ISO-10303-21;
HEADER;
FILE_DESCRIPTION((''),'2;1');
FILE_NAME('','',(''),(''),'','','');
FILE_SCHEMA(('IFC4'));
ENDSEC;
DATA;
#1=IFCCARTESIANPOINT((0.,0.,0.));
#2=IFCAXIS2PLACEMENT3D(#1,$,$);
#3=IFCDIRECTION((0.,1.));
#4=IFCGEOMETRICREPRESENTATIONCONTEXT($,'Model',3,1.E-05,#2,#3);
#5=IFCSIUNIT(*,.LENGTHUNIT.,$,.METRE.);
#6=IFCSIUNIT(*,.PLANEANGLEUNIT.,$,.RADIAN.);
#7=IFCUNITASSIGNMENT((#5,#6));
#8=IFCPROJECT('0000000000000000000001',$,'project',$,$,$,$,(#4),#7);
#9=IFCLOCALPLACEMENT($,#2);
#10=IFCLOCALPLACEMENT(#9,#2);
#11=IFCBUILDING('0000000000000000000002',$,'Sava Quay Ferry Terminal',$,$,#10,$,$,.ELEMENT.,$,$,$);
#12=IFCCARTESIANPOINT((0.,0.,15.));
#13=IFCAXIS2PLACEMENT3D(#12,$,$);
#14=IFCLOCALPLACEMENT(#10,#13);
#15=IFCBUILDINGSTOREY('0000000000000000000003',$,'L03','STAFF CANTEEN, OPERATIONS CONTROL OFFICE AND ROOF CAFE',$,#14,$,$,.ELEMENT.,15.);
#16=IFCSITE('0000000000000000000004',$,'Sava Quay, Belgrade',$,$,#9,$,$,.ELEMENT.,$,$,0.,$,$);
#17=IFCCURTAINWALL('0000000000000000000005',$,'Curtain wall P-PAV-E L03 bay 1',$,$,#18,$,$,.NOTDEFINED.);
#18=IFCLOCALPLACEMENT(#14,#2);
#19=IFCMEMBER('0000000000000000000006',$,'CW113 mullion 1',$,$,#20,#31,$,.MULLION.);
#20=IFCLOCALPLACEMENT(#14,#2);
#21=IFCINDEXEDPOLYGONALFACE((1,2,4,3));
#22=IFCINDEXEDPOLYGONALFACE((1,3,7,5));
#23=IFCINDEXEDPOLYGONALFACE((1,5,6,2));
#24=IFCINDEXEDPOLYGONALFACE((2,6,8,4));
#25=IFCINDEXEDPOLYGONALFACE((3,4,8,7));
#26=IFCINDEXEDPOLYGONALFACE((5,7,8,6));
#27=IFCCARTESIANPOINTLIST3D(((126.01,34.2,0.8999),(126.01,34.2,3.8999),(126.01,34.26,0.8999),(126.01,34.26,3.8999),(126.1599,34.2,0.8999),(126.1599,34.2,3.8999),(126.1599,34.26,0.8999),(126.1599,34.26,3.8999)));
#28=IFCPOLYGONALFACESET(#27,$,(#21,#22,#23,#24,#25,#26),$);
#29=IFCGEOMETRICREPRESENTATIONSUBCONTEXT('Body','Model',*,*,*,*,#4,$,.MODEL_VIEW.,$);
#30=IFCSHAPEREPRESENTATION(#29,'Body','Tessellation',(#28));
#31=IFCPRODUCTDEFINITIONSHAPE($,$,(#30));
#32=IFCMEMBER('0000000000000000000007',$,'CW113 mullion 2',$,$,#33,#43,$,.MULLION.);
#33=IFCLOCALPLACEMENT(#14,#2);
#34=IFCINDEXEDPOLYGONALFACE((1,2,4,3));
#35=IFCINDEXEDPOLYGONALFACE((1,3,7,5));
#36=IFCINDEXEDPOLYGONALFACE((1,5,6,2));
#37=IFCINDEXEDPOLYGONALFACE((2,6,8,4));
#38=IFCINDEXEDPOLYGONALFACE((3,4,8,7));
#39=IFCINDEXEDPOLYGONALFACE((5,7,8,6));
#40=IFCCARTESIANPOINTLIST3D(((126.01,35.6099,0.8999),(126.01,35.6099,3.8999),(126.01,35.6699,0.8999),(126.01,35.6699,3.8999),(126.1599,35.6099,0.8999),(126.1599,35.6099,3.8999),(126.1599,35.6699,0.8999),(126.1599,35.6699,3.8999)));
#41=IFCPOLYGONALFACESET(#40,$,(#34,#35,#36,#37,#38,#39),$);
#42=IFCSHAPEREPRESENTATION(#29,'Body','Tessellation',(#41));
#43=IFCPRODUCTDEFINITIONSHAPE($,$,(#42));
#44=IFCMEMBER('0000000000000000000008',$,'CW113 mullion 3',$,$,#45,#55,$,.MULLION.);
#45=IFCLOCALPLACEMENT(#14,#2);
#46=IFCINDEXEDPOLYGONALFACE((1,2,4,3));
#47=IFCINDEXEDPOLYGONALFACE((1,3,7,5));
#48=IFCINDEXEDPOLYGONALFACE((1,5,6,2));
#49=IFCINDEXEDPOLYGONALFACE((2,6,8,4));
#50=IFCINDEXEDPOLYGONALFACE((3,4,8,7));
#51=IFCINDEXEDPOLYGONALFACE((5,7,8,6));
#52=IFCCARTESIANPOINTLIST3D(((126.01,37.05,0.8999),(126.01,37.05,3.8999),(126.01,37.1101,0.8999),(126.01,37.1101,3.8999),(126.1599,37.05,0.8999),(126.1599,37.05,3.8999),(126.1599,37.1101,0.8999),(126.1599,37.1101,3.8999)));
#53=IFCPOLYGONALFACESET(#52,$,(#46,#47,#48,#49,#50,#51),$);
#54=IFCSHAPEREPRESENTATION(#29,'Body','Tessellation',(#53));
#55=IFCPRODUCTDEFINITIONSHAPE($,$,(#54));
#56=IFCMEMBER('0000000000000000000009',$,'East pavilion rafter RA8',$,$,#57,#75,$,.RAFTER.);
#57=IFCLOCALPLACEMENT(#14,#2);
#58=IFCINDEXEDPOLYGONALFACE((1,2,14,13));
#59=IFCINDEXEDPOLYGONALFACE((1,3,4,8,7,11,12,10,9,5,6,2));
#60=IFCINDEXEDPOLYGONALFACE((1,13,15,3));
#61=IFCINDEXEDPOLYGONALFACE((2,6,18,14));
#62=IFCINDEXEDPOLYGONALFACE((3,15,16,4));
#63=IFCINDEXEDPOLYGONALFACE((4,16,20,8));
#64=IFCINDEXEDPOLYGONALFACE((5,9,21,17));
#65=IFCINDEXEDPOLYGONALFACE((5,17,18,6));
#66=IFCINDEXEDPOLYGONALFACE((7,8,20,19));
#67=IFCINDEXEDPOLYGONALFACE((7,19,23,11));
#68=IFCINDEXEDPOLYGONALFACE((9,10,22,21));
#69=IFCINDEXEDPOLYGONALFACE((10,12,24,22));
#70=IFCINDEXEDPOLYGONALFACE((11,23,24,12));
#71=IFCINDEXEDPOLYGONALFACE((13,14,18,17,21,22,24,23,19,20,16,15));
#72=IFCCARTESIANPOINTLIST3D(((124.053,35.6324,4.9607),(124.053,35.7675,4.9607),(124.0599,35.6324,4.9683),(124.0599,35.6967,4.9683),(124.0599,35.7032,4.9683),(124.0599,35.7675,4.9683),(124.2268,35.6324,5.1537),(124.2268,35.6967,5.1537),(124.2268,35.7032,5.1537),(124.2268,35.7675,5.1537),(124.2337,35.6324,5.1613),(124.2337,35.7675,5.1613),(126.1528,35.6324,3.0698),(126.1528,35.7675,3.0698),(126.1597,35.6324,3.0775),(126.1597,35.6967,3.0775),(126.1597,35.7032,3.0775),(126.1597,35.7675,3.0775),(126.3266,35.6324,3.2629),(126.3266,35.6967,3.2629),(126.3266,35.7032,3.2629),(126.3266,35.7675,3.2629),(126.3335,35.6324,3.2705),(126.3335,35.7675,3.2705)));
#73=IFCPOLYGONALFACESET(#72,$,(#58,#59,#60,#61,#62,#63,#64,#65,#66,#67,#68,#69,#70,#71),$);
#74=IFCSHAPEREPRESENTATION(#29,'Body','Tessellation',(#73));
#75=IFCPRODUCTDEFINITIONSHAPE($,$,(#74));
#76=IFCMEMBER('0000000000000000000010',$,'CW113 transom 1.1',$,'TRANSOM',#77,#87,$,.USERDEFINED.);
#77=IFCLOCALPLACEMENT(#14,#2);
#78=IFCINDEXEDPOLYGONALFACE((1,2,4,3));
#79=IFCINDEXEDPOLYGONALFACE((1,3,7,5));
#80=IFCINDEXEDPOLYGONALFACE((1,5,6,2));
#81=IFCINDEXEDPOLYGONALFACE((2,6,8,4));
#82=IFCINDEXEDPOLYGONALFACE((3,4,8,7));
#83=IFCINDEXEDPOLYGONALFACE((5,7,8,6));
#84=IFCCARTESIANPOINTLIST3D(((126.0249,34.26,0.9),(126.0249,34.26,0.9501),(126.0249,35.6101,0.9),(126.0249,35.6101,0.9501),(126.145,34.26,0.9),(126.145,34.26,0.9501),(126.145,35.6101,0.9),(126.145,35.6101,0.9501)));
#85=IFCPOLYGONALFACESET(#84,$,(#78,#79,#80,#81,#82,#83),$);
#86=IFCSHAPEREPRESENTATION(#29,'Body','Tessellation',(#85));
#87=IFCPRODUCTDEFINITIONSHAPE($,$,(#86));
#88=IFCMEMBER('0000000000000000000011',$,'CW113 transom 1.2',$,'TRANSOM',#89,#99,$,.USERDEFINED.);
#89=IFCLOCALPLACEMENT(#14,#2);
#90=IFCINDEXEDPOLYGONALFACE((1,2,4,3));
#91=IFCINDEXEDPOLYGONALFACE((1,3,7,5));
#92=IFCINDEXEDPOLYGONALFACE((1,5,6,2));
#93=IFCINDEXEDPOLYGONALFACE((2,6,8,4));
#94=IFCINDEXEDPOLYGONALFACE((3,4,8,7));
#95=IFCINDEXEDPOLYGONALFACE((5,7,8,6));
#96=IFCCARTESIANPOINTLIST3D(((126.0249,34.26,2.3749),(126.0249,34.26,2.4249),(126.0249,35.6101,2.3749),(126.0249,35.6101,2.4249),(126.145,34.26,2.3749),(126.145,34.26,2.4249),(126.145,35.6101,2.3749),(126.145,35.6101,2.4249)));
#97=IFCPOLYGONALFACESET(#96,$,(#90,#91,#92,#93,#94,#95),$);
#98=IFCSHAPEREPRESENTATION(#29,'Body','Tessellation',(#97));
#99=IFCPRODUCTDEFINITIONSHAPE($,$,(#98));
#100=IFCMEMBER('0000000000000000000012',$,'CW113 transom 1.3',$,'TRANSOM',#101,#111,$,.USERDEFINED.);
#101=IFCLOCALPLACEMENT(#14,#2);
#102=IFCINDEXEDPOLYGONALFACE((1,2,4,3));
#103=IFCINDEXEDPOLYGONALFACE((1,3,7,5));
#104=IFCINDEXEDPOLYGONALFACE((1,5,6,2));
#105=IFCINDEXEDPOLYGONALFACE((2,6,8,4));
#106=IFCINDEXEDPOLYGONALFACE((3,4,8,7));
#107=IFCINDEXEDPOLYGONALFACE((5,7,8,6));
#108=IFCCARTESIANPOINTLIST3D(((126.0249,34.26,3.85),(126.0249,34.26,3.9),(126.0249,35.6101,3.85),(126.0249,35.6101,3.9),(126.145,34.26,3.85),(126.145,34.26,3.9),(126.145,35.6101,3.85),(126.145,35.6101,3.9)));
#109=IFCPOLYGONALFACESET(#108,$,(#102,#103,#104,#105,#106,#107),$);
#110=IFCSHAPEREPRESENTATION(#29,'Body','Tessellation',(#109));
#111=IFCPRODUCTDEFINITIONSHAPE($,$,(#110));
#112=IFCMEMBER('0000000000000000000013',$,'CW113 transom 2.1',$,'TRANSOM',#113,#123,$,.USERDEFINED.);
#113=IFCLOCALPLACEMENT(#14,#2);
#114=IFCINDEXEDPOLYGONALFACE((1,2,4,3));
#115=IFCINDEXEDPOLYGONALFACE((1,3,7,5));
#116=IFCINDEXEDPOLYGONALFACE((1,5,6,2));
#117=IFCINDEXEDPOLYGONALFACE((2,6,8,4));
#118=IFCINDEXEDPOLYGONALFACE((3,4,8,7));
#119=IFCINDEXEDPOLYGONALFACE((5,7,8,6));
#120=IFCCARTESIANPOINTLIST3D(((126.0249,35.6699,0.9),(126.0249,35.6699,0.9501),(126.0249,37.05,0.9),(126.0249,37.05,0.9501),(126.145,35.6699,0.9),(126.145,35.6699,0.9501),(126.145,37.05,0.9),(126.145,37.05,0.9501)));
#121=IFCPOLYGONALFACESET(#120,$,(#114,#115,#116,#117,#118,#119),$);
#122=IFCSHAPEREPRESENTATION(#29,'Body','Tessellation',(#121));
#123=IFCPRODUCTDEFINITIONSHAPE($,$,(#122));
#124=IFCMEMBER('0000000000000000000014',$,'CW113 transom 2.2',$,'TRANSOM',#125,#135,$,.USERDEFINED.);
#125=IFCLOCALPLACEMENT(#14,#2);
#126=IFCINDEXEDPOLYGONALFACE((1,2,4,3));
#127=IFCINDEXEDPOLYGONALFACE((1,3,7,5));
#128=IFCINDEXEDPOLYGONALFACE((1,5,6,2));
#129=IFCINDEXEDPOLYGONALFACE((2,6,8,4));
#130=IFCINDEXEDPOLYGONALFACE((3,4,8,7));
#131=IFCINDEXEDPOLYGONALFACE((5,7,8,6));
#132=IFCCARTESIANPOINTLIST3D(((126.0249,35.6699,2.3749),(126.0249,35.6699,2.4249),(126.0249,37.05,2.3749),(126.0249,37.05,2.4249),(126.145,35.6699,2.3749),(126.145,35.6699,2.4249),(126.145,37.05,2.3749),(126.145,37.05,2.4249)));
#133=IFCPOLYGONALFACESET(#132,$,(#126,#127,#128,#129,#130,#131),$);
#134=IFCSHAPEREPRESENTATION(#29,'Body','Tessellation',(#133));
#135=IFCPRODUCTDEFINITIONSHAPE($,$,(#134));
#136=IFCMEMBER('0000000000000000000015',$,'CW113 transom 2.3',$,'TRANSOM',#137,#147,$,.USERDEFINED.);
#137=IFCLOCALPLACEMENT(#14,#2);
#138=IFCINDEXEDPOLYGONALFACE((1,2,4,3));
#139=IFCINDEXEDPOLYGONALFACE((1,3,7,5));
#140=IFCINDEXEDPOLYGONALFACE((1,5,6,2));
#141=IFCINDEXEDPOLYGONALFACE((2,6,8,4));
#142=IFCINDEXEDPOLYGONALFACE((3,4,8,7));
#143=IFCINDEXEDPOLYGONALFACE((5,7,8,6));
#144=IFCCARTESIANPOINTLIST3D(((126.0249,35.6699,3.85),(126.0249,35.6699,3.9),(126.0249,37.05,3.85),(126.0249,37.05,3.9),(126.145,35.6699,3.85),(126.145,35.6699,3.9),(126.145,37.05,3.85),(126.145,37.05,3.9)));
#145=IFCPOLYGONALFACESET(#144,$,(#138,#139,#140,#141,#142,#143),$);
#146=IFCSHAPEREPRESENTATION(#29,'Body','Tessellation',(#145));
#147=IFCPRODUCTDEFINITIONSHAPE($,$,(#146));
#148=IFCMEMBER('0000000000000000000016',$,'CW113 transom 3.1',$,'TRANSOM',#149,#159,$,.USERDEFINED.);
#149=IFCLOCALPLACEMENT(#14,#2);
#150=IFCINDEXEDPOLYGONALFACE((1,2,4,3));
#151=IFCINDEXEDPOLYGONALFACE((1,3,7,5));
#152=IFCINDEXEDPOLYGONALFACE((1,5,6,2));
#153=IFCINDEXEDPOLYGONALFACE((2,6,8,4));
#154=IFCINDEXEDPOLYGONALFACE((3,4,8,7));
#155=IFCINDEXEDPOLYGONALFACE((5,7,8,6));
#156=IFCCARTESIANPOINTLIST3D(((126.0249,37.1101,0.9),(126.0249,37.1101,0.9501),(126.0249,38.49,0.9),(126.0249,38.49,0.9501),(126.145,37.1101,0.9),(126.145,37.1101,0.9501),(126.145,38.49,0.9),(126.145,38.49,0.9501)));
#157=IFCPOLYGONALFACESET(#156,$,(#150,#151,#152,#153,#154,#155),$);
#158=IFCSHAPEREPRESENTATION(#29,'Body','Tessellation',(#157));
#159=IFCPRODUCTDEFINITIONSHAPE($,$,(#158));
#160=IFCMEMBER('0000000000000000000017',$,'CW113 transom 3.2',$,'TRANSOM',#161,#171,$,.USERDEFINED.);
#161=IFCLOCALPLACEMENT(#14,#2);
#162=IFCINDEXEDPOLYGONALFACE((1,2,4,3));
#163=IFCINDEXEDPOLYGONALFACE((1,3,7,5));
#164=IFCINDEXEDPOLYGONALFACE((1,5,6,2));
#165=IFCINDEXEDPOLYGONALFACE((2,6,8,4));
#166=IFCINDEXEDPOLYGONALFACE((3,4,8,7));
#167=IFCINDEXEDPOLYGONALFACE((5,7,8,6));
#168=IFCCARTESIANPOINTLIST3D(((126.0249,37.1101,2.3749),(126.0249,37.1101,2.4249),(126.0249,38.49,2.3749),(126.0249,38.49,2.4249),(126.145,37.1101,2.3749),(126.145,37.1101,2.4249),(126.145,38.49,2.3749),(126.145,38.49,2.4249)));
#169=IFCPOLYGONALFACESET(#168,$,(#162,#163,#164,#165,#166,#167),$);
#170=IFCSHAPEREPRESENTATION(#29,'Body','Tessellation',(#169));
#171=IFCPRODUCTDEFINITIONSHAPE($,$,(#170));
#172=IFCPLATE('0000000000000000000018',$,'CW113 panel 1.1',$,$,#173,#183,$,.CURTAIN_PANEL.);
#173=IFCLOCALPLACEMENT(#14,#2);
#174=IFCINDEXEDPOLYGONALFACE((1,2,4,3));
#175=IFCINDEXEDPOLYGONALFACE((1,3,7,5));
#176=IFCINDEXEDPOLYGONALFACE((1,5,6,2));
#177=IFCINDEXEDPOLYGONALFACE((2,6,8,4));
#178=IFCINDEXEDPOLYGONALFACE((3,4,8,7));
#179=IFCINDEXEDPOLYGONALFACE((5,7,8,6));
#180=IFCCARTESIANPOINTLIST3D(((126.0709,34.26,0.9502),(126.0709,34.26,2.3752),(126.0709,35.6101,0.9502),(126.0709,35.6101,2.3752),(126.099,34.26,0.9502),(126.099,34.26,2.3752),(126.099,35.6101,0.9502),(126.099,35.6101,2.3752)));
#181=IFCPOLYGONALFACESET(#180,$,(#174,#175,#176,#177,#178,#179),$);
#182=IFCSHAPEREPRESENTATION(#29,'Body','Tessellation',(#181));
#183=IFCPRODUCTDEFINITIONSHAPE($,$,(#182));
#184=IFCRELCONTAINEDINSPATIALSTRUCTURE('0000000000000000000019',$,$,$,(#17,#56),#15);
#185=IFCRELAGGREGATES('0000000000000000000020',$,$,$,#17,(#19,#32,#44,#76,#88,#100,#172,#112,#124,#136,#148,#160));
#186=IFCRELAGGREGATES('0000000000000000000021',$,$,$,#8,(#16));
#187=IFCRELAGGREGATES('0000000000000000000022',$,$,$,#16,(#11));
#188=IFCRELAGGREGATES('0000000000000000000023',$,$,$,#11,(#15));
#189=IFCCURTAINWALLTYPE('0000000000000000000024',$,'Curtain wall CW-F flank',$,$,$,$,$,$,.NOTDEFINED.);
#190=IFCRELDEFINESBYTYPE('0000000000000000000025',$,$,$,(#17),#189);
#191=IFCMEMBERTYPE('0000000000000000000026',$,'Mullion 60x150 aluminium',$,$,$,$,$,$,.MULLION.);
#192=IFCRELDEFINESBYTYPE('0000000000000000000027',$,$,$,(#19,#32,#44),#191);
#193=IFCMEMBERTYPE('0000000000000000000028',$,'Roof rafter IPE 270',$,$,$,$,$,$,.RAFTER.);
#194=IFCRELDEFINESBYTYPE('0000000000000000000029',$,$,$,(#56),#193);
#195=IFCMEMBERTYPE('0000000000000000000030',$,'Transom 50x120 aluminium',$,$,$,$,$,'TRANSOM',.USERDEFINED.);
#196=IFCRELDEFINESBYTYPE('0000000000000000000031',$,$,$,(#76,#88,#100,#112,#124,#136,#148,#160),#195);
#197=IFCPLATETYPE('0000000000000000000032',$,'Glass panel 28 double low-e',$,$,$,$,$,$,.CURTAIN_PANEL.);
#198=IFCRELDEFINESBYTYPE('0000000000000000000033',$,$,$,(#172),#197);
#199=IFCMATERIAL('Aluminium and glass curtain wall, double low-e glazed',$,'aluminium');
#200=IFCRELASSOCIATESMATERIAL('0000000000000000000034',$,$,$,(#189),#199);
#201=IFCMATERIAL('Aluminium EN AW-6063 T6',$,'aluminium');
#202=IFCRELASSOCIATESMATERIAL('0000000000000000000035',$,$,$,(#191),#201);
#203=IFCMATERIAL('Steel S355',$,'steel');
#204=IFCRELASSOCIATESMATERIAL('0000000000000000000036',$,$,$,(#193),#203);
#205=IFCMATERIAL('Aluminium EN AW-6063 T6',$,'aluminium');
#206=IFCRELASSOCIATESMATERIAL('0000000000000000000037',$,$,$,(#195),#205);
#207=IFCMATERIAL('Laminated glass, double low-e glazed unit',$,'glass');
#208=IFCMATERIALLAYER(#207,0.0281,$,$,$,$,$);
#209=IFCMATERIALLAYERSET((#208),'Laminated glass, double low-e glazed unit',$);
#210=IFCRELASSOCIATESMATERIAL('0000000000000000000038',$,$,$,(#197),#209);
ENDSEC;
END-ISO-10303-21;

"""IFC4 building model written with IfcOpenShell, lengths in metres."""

from ifc_helpers import new_model, si_unit, direction, frame, origin, origin_2d, place, context, subcontext, project, spatial, rectangle, i_section, extrude, material, layer, layer_set, material_profile, profile_set, type_object, element, aggregate, save


model = new_model("IFC4")

# Units and contexts
model_context = context("Model", 3, precision=1e-05, world=origin(), true_north=direction((0.0, 1.0)))
body_context = subcontext(model_context, "Body", "Model", "MODEL_VIEW")
ifc_project = project(units=[si_unit("LENGTHUNIT", "METRE"), si_unit("PLANEANGLEUNIT", "RADIAN")], contexts=[model_context])

# Site, building, storey
site_placement = place(None, origin())
site = spatial("IfcSite", under=ifc_project, at=site_placement, Name="Sava Quay, Belgrade", CompositionType="ELEMENT", RefElevation=0.0)
building_placement = place(site_placement, origin())
building = spatial("IfcBuilding", under=site, at=building_placement, Name="Sava Quay Ferry Terminal", CompositionType="ELEMENT")
storey_placement = place(building_placement, frame((0.0, 0.0, 15.0)))
storey = spatial("IfcBuildingStorey", under=building, at=storey_placement, Name="L03", Description="STAFF CANTEEN, OPERATIONS CONTROL OFFICE AND ROOF CAFE", CompositionType="ELEMENT", Elevation=15.0)

# Curtain wall, members
ifc_material_1 = material(Name="Aluminium and glass curtain wall, double low-e glazed", Category="aluminium")
curtain_wall_type = type_object("IfcCurtainWallType", Name="Curtain wall CW-F flank", PredefinedType="NOTDEFINED", material=ifc_material_1)
curtain_wall_placement = place(storey_placement, origin())
curtain_wall = element("IfcCurtainWall", 1, at=curtain_wall_placement, inside=storey, type_object=curtain_wall_type, Name="Curtain wall P-PAV-E L03 bay 1", PredefinedType="NOTDEFINED")
ifc_material_2 = material(Name="Aluminium EN AW-6063 T6", Category="aluminium")
ifc_material_profile_1 = material_profile(ifc_material_2, rectangle(XDim=0.1499, YDim=0.0601, at=origin_2d()), Name="Mullion 60x150 aluminium")
ifc_profile_set_1 = profile_set([ifc_material_profile_1], Name="Aluminium EN AW-6063 T6")
member_type_1 = type_object("IfcMemberType", Name="Mullion 60x150 aluminium", PredefinedType="MULLION", material=ifc_profile_set_1)
member_1_placement = place(storey_placement, frame((126.085, 34.23, 0.8999), z_axis=(0.0, 0.0, 1.0), x_axis=(-1.0, 0.0, 0.0)))
member_1 = element("IfcMember", 2, at=member_1_placement, type_object=member_type_1, Name="CW113 mullion 1", PredefinedType="MULLION", context=body_context, shape_type="SweptSolid", body=[
    extrude(rectangle(XDim=0.1499, YDim=0.0601, at=origin_2d()), origin(), (0.0, 0.0, 1.0), 3.0),
])
member_2_placement = place(storey_placement, frame((126.085, 35.6399, 0.8999), z_axis=(0.0, 0.0, 1.0), x_axis=(-1.0, 0.0, 0.0)))
member_2 = element("IfcMember", 3, at=member_2_placement, type_object=member_type_1, Name="CW113 mullion 2", PredefinedType="MULLION", context=body_context, shape_type="SweptSolid", body=[
    extrude(rectangle(XDim=0.1499, YDim=0.0601, at=origin_2d()), origin(), (0.0, 0.0, 1.0), 3.0),
])
member_3_placement = place(storey_placement, frame((126.085, 37.0801, 0.8999), z_axis=(0.0, 0.0, 1.0), x_axis=(-1.0, 0.0, 0.0)))
member_3 = element("IfcMember", 4, at=member_3_placement, type_object=member_type_1, Name="CW113 mullion 3", PredefinedType="MULLION", context=body_context, shape_type="SweptSolid", body=[
    extrude(rectangle(XDim=0.1499, YDim=0.0601, at=origin_2d()), origin(), (0.0, 0.0, 1.0), 3.0),
])

# Members
ifc_material_3 = material(Name="Steel S355", Category="steel")
ifc_material_profile_2 = material_profile(ifc_material_3, i_section(OverallWidth=0.135, OverallDepth=0.27, WebThickness=0.0066, FlangeThickness=0.0103, at=origin_2d()), Name="IPE 270")
ifc_profile_set_2 = profile_set([ifc_material_profile_2], Name="Steel S355")
member_type_2 = type_object("IfcMemberType", Name="Roof rafter IPE 270", PredefinedType="RAFTER", material=ifc_profile_set_2)
member_4_placement = place(storey_placement, frame((126.2432, 35.7, 3.1702), z_axis=(-0.743118, 0.0, 0.66916), x_axis=(0.0, -1.0, 0.0)))
element("IfcMember", 5, at=member_4_placement, inside=storey, type_object=member_type_2, Name="East pavilion rafter RA8", PredefinedType="RAFTER", context=body_context, shape_type="SweptSolid", body=[
    extrude(i_section(OverallWidth=0.135, OverallDepth=0.27, WebThickness=0.0066, FlangeThickness=0.0103, at=origin_2d()), origin(), (0.0, 0.0, 1.0), 2.8257),
])
ifc_material_4 = material(Name="Aluminium EN AW-6063 T6", Category="aluminium")
ifc_material_profile_3 = material_profile(ifc_material_4, rectangle(XDim=0.1201, YDim=0.05, at=origin_2d()), Name="Transom 50x120 aluminium")
ifc_profile_set_3 = profile_set([ifc_material_profile_3], Name="Aluminium EN AW-6063 T6")
member_type_3 = type_object("IfcMemberType", Name="Transom 50x120 aluminium", ElementType="TRANSOM", PredefinedType="USERDEFINED", material=ifc_profile_set_3)
member_5_placement = place(storey_placement, frame((126.085, 34.26, 0.925), z_axis=(0.0, 1.0, 0.0), x_axis=(-1.0, 0.0, 0.0)))
member_5 = element("IfcMember", 6, at=member_5_placement, type_object=member_type_3, Name="CW113 transom 1.1", ObjectType="TRANSOM", PredefinedType="USERDEFINED", context=body_context, shape_type="SweptSolid", body=[
    extrude(rectangle(XDim=0.1201, YDim=0.05, at=origin_2d()), origin(), (0.0, 0.0, 1.0), 1.3501),
])
member_6_placement = place(storey_placement, frame((126.085, 34.26, 2.3999), z_axis=(0.0, 1.0, 0.0), x_axis=(-1.0, 0.0, 0.0)))
member_6 = element("IfcMember", 7, at=member_6_placement, type_object=member_type_3, Name="CW113 transom 1.2", ObjectType="TRANSOM", PredefinedType="USERDEFINED", context=body_context, shape_type="SweptSolid", body=[
    extrude(rectangle(XDim=0.1201, YDim=0.05, at=origin_2d()), origin(), (0.0, 0.0, 1.0), 1.3501),
])
member_7_placement = place(storey_placement, frame((126.085, 34.26, 3.875), z_axis=(0.0, 1.0, 0.0), x_axis=(-1.0, 0.0, 0.0)))
member_7 = element("IfcMember", 8, at=member_7_placement, type_object=member_type_3, Name="CW113 transom 1.3", ObjectType="TRANSOM", PredefinedType="USERDEFINED", context=body_context, shape_type="SweptSolid", body=[
    extrude(rectangle(XDim=0.1201, YDim=0.05, at=origin_2d()), origin(), (0.0, 0.0, 1.0), 1.3501),
])
member_8_placement = place(storey_placement, frame((126.085, 35.6699, 0.925), z_axis=(0.0, 1.0, 0.0), x_axis=(-1.0, 0.0, 0.0)))
member_8 = element("IfcMember", 9, at=member_8_placement, type_object=member_type_3, Name="CW113 transom 2.1", ObjectType="TRANSOM", PredefinedType="USERDEFINED", context=body_context, shape_type="SweptSolid", body=[
    extrude(rectangle(XDim=0.1201, YDim=0.05, at=origin_2d()), origin(), (0.0, 0.0, 1.0), 1.3801),
])
member_9_placement = place(storey_placement, frame((126.085, 35.6699, 2.3999), z_axis=(0.0, 1.0, 0.0), x_axis=(-1.0, 0.0, 0.0)))
member_9 = element("IfcMember", 10, at=member_9_placement, type_object=member_type_3, Name="CW113 transom 2.2", ObjectType="TRANSOM", PredefinedType="USERDEFINED", context=body_context, shape_type="SweptSolid", body=[
    extrude(rectangle(XDim=0.1201, YDim=0.05, at=origin_2d()), origin(), (0.0, 0.0, 1.0), 1.3801),
])
member_10_placement = place(storey_placement, frame((126.085, 35.6699, 3.875), z_axis=(0.0, 1.0, 0.0), x_axis=(-1.0, 0.0, 0.0)))
member_10 = element("IfcMember", 11, at=member_10_placement, type_object=member_type_3, Name="CW113 transom 2.3", ObjectType="TRANSOM", PredefinedType="USERDEFINED", context=body_context, shape_type="SweptSolid", body=[
    extrude(rectangle(XDim=0.1201, YDim=0.05, at=origin_2d()), origin(), (0.0, 0.0, 1.0), 1.3801),
])
member_11_placement = place(storey_placement, frame((126.085, 37.1101, 0.925), z_axis=(0.0, 1.0, 0.0), x_axis=(-1.0, 0.0, 0.0)))
member_11 = element("IfcMember", 12, at=member_11_placement, type_object=member_type_3, Name="CW113 transom 3.1", ObjectType="TRANSOM", PredefinedType="USERDEFINED", context=body_context, shape_type="SweptSolid", body=[
    extrude(rectangle(XDim=0.1201, YDim=0.05, at=origin_2d()), origin(), (0.0, 0.0, 1.0), 1.3799),
])
member_12_placement = place(storey_placement, frame((126.085, 37.1101, 2.3999), z_axis=(0.0, 1.0, 0.0), x_axis=(-1.0, 0.0, 0.0)))
member_12 = element("IfcMember", 13, at=member_12_placement, type_object=member_type_3, Name="CW113 transom 3.2", ObjectType="TRANSOM", PredefinedType="USERDEFINED", context=body_context, shape_type="SweptSolid", body=[
    extrude(rectangle(XDim=0.1201, YDim=0.05, at=origin_2d()), origin(), (0.0, 0.0, 1.0), 1.3799),
])

# Plate
ifc_material_5 = material(Name="Laminated glass, double low-e glazed unit", Category="glass")
ifc_layer_1 = layer(ifc_material_5, 0.0281)
ifc_layer_set_1 = layer_set([ifc_layer_1], Name="Laminated glass, double low-e glazed unit")
plate_type = type_object("IfcPlateType", Name="Glass panel 28 double low-e", PredefinedType="CURTAIN_PANEL", material=ifc_layer_set_1)
plate_1_placement = place(storey_placement, frame((126.085, 34.9351, 0.9502), z_axis=(0.0, 0.0, 1.0), x_axis=(0.0, 1.0, 0.0)))
plate_1 = element("IfcPlate", 14, at=plate_1_placement, type_object=plate_type, Name="CW113 panel 1.1", PredefinedType="CURTAIN_PANEL", context=body_context, shape_type="SweptSolid", body=[
    extrude(rectangle(XDim=1.3501, YDim=0.0281, at=origin_2d()), origin(), (0.0, 0.0, 1.0), 1.425),
])
aggregate(curtain_wall, [member_1, member_2, member_3, member_5, member_6, member_7, plate_1, member_8, member_9, member_10, member_11, member_12])

save(model, "model.ifc")
